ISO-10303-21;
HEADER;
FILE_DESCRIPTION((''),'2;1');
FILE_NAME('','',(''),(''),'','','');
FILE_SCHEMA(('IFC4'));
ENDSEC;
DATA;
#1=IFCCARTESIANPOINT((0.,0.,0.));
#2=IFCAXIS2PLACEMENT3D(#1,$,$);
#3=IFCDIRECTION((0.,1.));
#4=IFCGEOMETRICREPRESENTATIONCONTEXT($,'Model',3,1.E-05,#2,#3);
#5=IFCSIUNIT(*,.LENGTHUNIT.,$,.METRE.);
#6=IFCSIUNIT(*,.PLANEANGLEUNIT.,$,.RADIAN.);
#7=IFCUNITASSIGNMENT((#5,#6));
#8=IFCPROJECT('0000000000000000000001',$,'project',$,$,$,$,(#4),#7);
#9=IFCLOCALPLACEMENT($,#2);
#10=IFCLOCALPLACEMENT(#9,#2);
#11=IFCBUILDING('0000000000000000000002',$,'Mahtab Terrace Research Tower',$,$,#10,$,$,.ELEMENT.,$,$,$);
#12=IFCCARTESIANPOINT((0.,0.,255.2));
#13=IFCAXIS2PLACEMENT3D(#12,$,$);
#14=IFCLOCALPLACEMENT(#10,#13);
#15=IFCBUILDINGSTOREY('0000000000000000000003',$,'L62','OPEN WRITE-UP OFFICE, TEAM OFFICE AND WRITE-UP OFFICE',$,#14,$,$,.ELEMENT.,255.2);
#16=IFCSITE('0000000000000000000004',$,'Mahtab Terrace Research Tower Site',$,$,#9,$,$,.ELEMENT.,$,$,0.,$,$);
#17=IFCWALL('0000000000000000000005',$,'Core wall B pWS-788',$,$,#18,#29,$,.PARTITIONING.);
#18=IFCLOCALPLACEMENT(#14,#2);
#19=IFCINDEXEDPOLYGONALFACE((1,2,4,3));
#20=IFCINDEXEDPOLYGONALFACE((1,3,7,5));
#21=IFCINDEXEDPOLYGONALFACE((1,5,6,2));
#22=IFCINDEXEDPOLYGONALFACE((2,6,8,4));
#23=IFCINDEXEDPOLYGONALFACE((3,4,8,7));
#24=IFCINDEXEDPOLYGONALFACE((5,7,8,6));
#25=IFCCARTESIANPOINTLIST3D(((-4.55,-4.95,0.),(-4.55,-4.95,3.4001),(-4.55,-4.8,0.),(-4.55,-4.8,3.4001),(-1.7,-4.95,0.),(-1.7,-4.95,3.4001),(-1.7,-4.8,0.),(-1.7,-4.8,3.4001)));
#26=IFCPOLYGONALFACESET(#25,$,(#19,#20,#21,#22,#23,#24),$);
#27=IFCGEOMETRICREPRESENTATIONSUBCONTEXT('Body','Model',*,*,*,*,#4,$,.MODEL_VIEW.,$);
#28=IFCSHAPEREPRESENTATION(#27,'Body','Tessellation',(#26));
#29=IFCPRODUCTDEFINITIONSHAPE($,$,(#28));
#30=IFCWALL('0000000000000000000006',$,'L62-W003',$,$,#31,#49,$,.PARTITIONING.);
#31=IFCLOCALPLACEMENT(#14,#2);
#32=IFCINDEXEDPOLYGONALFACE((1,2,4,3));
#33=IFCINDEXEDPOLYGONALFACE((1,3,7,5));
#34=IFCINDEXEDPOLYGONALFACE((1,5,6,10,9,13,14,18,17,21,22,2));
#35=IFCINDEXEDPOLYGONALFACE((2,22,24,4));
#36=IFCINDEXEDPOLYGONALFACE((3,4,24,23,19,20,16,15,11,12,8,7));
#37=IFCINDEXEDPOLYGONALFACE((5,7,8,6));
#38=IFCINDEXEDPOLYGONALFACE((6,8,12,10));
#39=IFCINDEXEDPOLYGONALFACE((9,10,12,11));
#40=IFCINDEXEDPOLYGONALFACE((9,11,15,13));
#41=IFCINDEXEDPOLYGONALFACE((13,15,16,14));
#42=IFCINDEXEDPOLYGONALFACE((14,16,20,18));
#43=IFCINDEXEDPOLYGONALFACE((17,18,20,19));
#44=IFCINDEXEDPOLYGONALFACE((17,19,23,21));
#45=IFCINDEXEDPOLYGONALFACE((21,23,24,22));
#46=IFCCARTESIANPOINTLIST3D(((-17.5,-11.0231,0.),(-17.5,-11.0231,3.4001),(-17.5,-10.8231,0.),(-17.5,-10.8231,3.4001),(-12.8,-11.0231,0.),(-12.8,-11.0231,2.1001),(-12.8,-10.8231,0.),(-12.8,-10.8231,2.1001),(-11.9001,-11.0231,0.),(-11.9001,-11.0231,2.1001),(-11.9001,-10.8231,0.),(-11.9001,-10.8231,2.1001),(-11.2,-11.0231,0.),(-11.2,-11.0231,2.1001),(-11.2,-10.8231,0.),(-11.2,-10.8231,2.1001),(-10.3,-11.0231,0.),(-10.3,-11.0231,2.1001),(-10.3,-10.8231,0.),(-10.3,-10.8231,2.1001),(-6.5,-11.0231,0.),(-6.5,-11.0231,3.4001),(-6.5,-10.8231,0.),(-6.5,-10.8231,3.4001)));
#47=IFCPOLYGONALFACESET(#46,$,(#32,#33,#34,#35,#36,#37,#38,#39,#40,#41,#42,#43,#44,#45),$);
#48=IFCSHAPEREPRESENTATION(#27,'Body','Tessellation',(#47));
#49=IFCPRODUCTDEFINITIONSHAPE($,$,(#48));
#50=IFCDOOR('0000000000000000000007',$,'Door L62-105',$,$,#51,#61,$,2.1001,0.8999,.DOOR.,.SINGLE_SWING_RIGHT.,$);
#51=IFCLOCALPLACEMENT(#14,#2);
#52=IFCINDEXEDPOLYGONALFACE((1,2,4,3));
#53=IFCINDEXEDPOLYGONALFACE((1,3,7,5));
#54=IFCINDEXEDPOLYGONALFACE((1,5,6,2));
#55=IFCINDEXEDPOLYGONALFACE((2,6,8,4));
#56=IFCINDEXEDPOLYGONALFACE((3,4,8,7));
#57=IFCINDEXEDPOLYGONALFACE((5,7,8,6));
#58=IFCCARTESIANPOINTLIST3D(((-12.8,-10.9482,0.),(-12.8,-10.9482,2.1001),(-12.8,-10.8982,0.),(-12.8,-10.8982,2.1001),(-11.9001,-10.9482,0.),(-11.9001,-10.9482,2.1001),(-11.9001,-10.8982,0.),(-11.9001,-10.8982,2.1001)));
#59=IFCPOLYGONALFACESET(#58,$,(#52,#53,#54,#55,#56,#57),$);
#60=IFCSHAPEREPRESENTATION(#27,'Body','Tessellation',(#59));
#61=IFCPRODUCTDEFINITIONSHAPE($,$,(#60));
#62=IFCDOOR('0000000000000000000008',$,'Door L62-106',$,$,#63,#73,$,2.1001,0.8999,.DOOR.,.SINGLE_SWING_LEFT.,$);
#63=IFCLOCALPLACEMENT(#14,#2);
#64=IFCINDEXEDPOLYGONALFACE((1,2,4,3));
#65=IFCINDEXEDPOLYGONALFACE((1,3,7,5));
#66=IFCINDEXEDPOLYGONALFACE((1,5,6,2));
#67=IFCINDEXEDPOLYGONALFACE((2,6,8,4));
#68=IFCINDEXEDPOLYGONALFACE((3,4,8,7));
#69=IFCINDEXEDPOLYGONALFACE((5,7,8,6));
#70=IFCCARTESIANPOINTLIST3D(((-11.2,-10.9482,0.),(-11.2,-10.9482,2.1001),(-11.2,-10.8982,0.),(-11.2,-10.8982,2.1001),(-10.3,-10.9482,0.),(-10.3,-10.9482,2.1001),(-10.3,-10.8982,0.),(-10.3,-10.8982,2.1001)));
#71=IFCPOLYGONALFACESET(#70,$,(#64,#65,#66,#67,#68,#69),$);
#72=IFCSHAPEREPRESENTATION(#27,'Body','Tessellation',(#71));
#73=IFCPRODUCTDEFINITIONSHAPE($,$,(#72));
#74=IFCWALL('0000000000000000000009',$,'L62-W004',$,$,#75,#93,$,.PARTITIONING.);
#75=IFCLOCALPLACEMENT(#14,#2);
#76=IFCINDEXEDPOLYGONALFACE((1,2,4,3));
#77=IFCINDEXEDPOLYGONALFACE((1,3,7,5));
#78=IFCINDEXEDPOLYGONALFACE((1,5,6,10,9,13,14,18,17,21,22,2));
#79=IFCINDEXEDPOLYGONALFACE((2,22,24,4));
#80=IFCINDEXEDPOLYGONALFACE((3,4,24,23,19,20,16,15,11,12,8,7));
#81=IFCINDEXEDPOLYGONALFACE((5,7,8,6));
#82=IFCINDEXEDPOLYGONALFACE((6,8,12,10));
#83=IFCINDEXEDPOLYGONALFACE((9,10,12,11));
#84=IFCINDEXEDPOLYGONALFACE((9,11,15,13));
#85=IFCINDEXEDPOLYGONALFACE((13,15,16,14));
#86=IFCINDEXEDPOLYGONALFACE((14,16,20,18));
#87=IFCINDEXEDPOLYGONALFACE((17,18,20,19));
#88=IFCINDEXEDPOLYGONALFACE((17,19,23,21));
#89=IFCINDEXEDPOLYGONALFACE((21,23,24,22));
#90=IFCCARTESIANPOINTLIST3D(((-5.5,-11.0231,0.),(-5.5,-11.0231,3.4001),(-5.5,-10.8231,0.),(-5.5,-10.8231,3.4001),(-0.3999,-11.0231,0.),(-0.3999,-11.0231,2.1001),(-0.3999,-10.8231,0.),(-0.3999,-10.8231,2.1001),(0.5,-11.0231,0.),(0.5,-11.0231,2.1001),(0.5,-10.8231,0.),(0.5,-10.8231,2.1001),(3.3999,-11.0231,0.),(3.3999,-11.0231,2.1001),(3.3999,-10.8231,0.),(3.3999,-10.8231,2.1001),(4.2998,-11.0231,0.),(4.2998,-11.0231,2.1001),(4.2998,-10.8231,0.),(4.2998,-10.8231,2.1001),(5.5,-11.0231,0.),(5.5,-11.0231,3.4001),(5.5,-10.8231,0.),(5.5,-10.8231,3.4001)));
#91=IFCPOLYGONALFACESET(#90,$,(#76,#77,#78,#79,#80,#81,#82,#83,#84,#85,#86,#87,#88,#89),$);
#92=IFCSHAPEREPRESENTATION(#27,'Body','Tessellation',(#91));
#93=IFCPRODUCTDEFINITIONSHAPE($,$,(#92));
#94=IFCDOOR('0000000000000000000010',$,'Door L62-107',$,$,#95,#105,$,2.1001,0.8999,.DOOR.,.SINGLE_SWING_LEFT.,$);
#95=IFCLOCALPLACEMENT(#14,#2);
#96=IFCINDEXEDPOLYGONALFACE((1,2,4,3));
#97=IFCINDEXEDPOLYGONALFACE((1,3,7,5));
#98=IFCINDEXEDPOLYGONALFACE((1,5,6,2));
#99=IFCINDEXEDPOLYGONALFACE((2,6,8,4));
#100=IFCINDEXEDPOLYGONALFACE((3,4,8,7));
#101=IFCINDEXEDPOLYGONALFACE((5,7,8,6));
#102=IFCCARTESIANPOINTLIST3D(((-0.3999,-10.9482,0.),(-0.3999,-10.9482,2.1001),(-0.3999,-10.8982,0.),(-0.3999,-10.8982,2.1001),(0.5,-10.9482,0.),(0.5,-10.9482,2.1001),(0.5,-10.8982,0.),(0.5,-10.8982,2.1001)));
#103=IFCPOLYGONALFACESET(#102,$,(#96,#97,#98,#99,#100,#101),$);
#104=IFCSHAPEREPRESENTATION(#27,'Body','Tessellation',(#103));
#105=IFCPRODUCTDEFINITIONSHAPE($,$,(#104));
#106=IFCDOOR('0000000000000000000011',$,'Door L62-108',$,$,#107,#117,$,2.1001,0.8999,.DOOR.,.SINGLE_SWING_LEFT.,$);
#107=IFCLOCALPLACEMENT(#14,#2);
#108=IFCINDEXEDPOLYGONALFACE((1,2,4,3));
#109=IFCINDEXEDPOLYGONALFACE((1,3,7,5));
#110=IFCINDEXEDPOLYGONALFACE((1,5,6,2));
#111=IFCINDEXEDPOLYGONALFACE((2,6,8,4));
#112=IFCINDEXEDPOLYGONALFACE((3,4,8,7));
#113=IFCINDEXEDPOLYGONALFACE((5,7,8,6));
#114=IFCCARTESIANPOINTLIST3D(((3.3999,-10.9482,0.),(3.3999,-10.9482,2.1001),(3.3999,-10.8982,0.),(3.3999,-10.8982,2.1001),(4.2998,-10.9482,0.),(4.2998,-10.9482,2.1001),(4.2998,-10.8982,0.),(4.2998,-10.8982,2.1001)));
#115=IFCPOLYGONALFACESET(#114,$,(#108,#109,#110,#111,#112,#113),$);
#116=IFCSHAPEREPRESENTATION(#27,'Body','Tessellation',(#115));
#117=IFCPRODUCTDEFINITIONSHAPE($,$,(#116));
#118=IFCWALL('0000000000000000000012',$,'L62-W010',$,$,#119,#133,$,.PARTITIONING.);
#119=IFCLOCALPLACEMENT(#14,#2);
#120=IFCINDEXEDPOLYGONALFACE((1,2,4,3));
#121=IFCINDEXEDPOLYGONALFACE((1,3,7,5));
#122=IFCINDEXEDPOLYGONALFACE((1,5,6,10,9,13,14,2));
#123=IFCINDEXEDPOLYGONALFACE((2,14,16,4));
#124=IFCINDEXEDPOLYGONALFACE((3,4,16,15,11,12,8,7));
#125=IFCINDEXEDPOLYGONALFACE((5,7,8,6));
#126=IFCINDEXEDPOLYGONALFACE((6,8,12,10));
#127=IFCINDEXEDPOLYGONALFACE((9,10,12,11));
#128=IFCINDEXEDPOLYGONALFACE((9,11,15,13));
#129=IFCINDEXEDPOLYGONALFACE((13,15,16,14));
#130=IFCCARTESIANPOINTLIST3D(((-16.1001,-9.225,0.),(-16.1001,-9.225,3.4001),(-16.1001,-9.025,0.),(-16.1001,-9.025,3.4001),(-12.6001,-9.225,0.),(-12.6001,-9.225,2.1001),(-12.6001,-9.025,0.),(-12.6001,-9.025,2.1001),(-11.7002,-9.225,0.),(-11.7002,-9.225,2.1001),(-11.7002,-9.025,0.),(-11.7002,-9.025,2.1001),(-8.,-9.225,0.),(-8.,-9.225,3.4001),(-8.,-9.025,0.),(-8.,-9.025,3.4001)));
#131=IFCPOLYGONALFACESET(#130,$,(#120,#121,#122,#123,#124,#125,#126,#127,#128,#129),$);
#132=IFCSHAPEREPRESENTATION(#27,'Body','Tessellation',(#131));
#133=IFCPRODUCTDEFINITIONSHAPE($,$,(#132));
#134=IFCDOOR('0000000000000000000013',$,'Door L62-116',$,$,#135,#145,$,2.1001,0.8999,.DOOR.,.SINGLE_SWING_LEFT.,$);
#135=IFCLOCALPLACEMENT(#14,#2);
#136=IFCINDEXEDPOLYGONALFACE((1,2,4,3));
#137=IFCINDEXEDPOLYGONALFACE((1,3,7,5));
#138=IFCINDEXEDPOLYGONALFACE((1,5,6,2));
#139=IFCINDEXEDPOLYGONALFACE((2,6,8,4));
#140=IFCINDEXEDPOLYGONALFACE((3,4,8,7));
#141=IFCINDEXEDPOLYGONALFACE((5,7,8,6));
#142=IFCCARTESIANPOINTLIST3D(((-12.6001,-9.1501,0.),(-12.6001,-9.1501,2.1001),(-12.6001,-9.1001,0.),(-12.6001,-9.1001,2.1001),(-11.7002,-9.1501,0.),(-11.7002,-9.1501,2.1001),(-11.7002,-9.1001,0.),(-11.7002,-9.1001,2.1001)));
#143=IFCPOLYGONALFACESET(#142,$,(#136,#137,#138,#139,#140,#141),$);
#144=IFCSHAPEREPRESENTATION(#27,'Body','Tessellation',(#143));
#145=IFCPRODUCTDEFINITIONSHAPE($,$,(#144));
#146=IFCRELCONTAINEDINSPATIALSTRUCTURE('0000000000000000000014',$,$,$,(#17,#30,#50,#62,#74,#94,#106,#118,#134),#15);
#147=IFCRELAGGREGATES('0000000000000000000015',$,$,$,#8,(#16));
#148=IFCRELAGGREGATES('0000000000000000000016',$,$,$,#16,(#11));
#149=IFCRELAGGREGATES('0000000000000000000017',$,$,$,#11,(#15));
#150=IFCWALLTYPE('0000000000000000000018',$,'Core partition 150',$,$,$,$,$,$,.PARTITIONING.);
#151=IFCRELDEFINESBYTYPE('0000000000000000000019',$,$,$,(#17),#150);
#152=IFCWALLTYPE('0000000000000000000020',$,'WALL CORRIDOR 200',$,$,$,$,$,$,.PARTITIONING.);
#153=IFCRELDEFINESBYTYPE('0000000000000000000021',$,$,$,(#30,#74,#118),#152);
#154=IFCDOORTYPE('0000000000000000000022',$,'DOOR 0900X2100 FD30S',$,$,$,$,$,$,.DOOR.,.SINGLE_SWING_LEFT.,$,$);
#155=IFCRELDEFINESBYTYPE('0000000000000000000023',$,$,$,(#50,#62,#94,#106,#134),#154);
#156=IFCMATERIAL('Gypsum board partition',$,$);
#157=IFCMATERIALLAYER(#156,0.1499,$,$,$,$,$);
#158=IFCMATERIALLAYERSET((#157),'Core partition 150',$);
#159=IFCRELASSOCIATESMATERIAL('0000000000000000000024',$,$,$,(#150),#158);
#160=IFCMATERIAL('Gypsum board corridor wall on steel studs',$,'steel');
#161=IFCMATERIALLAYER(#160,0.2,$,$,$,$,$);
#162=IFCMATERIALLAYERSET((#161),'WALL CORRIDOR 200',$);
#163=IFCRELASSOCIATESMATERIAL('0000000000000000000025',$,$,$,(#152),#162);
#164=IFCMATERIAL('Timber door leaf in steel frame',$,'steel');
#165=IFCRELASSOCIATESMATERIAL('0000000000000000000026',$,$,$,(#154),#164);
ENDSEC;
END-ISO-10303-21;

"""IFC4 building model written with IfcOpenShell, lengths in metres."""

from ifc_helpers import new_model, si_unit, direction, frame, frame_2d, origin, place, context, subcontext, project, spatial, rectangle, extrude, material, layer, layer_set, type_object, element, fill, save


model = new_model("IFC4")

# Units and contexts
model_context = context("Model", 3, precision=1e-05, world=origin(), true_north=direction((0.0, 1.0)))
body_context = subcontext(model_context, "Body", "Model", "MODEL_VIEW")
ifc_project = project(units=[si_unit("LENGTHUNIT", "METRE"), si_unit("PLANEANGLEUNIT", "RADIAN")], contexts=[model_context])

# Site, building, storey
site_placement = place(None, origin())
site = spatial("IfcSite", under=ifc_project, at=site_placement, Name="Mahtab Terrace Research Tower Site", CompositionType="ELEMENT", RefElevation=0.0)
building_placement = place(site_placement, origin())
building = spatial("IfcBuilding", under=site, at=building_placement, Name="Mahtab Terrace Research Tower", CompositionType="ELEMENT")
storey_placement = place(building_placement, frame((0.0, 0.0, 255.2)))
storey = spatial("IfcBuildingStorey", under=building, at=storey_placement, Name="L62", Description="OPEN WRITE-UP OFFICE, TEAM OFFICE AND WRITE-UP OFFICE", CompositionType="ELEMENT", Elevation=255.2)

# Wall
ifc_material_1 = material(Name="Gypsum board partition")
ifc_layer_1 = layer(ifc_material_1, 0.1499)
ifc_layer_set_1 = layer_set([ifc_layer_1], Name="Core partition 150")
wall_type_1 = type_object("IfcWallType", Name="Core partition 150", PredefinedType="PARTITIONING", material=ifc_layer_set_1)
for number, where, z_axis, x_axis, name in (
    (1, (-4.55, -4.875, 0.0), (0.0, 0.0, 1.0), (1.0, 0.0, 0.0), "Core wall B pWS-788"),
):
    element("IfcWall", number, at=place(storey_placement, frame(where, z_axis=z_axis, x_axis=x_axis)), inside=storey, type_object=wall_type_1, Name=name, PredefinedType="PARTITIONING", context=body_context, shape_type="SweptSolid", body=[
        extrude(rectangle(XDim=2.8501, YDim=0.1499, at=frame_2d((1.425, 0.0))), origin(), (0.0, 0.0, 1.0), 3.4001),
    ])

# Walls, openings, doors
ifc_material_2 = material(Name="Gypsum board corridor wall on steel studs", Category="steel")
ifc_layer_2 = layer(ifc_material_2, 0.2)
ifc_layer_set_2 = layer_set([ifc_layer_2], Name="WALL CORRIDOR 200")
wall_type_2 = type_object("IfcWallType", Name="WALL CORRIDOR 200", PredefinedType="PARTITIONING", material=ifc_layer_set_2)
wall_1_placement = place(storey_placement, frame((-17.5, -10.9231, 0.0), z_axis=(0.0, 0.0, 1.0), x_axis=(1.0, 0.0, 0.0)))
wall_1 = element("IfcWall", 2, at=wall_1_placement, inside=storey, type_object=wall_type_2, Name="L62-W003", PredefinedType="PARTITIONING", context=body_context, shape_type="SweptSolid", body=[
    extrude(rectangle(XDim=11.0, YDim=0.2, at=frame_2d((5.5, 0.0))), origin(), (0.0, 0.0, 1.0), 3.4001),
])
opening_1_placement = place(wall_1_placement, frame((4.7, 0.0, 0.0)))
opening_1 = element("IfcOpeningElement", 3, at=opening_1_placement, cuts=wall_1, PredefinedType="OPENING", context=body_context, shape_type="SweptSolid", body=[
    extrude(rectangle(XDim=0.8999, YDim=2.1001, at=frame_2d((0.45, 1.05))), frame((0.0, 0.1099, 0.0), z_axis=(0.0, -1.0, 0.0), x_axis=(1.0, 0.0, 0.0)), (0.0, 0.0, 1.0), 0.22),
])
opening_2_placement = place(wall_1_placement, frame((6.3, 0.0, 0.0)))
opening_2 = element("IfcOpeningElement", 4, at=opening_2_placement, cuts=wall_1, PredefinedType="OPENING", context=body_context, shape_type="SweptSolid", body=[
    extrude(rectangle(XDim=0.8999, YDim=2.1001, at=frame_2d((0.45, 1.05))), frame((0.0, 0.1099, 0.0), z_axis=(0.0, -1.0, 0.0), x_axis=(1.0, 0.0, 0.0)), (0.0, 0.0, 1.0), 0.22),
])
ifc_material_3 = material(Name="Timber door leaf in steel frame", Category="steel")
door_type = type_object("IfcDoorType", Name="DOOR 0900X2100 FD30S", OperationType="SINGLE_SWING_LEFT", PredefinedType="DOOR", material=ifc_material_3)
door_1_placement = place(opening_1_placement, origin())
door_1 = element("IfcDoor", 5, at=door_1_placement, inside=storey, type_object=door_type, Name="Door L62-105", OperationType="SINGLE_SWING_RIGHT", OverallHeight=2.1001, OverallWidth=0.8999, PredefinedType="DOOR", context=body_context, shape_type="SweptSolid", body=[
    extrude(rectangle(XDim=0.8999, YDim=2.1001, at=frame_2d((0.45, 1.05))), frame((0.0, 0.0249, 0.0), z_axis=(0.0, -1.0, 0.0), x_axis=(1.0, 0.0, 0.0)), (0.0, 0.0, 1.0), 0.05),
])
fill(opening_1, door_1)
door_2_placement = place(opening_2_placement, origin())
door_2 = element("IfcDoor", 6, at=door_2_placement, inside=storey, type_object=door_type, Name="Door L62-106", OperationType="SINGLE_SWING_LEFT", OverallHeight=2.1001, OverallWidth=0.8999, PredefinedType="DOOR", context=body_context, shape_type="SweptSolid", body=[
    extrude(rectangle(XDim=0.8999, YDim=2.1001, at=frame_2d((0.45, 1.05))), frame((0.0, 0.0249, 0.0), z_axis=(0.0, -1.0, 0.0), x_axis=(1.0, 0.0, 0.0)), (0.0, 0.0, 1.0), 0.05),
])
fill(opening_2, door_2)
wall_2_placement = place(storey_placement, frame((-5.5, -10.9231, 0.0), z_axis=(0.0, 0.0, 1.0), x_axis=(1.0, 0.0, 0.0)))
wall_2 = element("IfcWall", 7, at=wall_2_placement, inside=storey, type_object=wall_type_2, Name="L62-W004", PredefinedType="PARTITIONING", context=body_context, shape_type="SweptSolid", body=[
    extrude(rectangle(XDim=11.0, YDim=0.2, at=frame_2d((5.5, 0.0))), origin(), (0.0, 0.0, 1.0), 3.4001),
])
opening_3_placement = place(wall_2_placement, frame((5.1001, 0.0, 0.0)))
opening_3 = element("IfcOpeningElement", 8, at=opening_3_placement, cuts=wall_2, PredefinedType="OPENING", context=body_context, shape_type="SweptSolid", body=[
    extrude(rectangle(XDim=0.8999, YDim=2.1001, at=frame_2d((0.45, 1.05))), frame((0.0, 0.1099, 0.0), z_axis=(0.0, -1.0, 0.0), x_axis=(1.0, 0.0, 0.0)), (0.0, 0.0, 1.0), 0.22),
])
opening_4_placement = place(wall_2_placement, frame((8.8999, 0.0, 0.0)))
opening_4 = element("IfcOpeningElement", 9, at=opening_4_placement, cuts=wall_2, PredefinedType="OPENING", context=body_context, shape_type="SweptSolid", body=[
    extrude(rectangle(XDim=0.8999, YDim=2.1001, at=frame_2d((0.45, 1.05))), frame((0.0, 0.1099, 0.0), z_axis=(0.0, -1.0, 0.0), x_axis=(1.0, 0.0, 0.0)), (0.0, 0.0, 1.0), 0.22),
])
door_3_placement = place(opening_3_placement, origin())
door_3 = element("IfcDoor", 10, at=door_3_placement, inside=storey, type_object=door_type, Name="Door L62-107", OperationType="SINGLE_SWING_LEFT", OverallHeight=2.1001, OverallWidth=0.8999, PredefinedType="DOOR", context=body_context, shape_type="SweptSolid", body=[
    extrude(rectangle(XDim=0.8999, YDim=2.1001, at=frame_2d((0.45, 1.05))), frame((0.0, 0.0249, 0.0), z_axis=(0.0, -1.0, 0.0), x_axis=(1.0, 0.0, 0.0)), (0.0, 0.0, 1.0), 0.05),
])
fill(opening_3, door_3)
door_4_placement = place(opening_4_placement, origin())
door_4 = element("IfcDoor", 11, at=door_4_placement, inside=storey, type_object=door_type, Name="Door L62-108", OperationType="SINGLE_SWING_LEFT", OverallHeight=2.1001, OverallWidth=0.8999, PredefinedType="DOOR", context=body_context, shape_type="SweptSolid", body=[
    extrude(rectangle(XDim=0.8999, YDim=2.1001, at=frame_2d((0.45, 1.05))), frame((0.0, 0.0249, 0.0), z_axis=(0.0, -1.0, 0.0), x_axis=(1.0, 0.0, 0.0)), (0.0, 0.0, 1.0), 0.05),
])
fill(opening_4, door_4)

# Wall, opening, door
wall_3_placement = place(storey_placement, frame((-16.1001, -9.125, 0.0), z_axis=(0.0, 0.0, 1.0), x_axis=(1.0, 0.0, 0.0)))
wall_3 = element("IfcWall", 12, at=wall_3_placement, inside=storey, type_object=wall_type_2, Name="L62-W010", PredefinedType="PARTITIONING", context=body_context, shape_type="SweptSolid", body=[
    extrude(rectangle(XDim=8.1001, YDim=0.2, at=frame_2d((4.05, 0.0))), origin(), (0.0, 0.0, 1.0), 3.4001),
])
opening_5_placement = place(wall_3_placement, frame((3.5, 0.0, 0.0)))
opening_5 = element("IfcOpeningElement", 13, at=opening_5_placement, cuts=wall_3, PredefinedType="OPENING", context=body_context, shape_type="SweptSolid", body=[
    extrude(rectangle(XDim=0.8999, YDim=2.1001, at=frame_2d((0.45, 1.05))), frame((0.0, 0.1099, 0.0), z_axis=(0.0, -1.0, 0.0), x_axis=(1.0, 0.0, 0.0)), (0.0, 0.0, 1.0), 0.22),
])
door_5_placement = place(opening_5_placement, origin())
door_5 = element("IfcDoor", 14, at=door_5_placement, inside=storey, type_object=door_type, Name="Door L62-116", OperationType="SINGLE_SWING_LEFT", OverallHeight=2.1001, OverallWidth=0.8999, PredefinedType="DOOR", context=body_context, shape_type="SweptSolid", body=[
    extrude(rectangle(XDim=0.8999, YDim=2.1001, at=frame_2d((0.45, 1.05))), frame((0.0, 0.0249, 0.0), z_axis=(0.0, -1.0, 0.0), x_axis=(1.0, 0.0, 0.0)), (0.0, 0.0, 1.0), 0.05),
])
fill(opening_5, door_5)

save(model, "model.ifc")
